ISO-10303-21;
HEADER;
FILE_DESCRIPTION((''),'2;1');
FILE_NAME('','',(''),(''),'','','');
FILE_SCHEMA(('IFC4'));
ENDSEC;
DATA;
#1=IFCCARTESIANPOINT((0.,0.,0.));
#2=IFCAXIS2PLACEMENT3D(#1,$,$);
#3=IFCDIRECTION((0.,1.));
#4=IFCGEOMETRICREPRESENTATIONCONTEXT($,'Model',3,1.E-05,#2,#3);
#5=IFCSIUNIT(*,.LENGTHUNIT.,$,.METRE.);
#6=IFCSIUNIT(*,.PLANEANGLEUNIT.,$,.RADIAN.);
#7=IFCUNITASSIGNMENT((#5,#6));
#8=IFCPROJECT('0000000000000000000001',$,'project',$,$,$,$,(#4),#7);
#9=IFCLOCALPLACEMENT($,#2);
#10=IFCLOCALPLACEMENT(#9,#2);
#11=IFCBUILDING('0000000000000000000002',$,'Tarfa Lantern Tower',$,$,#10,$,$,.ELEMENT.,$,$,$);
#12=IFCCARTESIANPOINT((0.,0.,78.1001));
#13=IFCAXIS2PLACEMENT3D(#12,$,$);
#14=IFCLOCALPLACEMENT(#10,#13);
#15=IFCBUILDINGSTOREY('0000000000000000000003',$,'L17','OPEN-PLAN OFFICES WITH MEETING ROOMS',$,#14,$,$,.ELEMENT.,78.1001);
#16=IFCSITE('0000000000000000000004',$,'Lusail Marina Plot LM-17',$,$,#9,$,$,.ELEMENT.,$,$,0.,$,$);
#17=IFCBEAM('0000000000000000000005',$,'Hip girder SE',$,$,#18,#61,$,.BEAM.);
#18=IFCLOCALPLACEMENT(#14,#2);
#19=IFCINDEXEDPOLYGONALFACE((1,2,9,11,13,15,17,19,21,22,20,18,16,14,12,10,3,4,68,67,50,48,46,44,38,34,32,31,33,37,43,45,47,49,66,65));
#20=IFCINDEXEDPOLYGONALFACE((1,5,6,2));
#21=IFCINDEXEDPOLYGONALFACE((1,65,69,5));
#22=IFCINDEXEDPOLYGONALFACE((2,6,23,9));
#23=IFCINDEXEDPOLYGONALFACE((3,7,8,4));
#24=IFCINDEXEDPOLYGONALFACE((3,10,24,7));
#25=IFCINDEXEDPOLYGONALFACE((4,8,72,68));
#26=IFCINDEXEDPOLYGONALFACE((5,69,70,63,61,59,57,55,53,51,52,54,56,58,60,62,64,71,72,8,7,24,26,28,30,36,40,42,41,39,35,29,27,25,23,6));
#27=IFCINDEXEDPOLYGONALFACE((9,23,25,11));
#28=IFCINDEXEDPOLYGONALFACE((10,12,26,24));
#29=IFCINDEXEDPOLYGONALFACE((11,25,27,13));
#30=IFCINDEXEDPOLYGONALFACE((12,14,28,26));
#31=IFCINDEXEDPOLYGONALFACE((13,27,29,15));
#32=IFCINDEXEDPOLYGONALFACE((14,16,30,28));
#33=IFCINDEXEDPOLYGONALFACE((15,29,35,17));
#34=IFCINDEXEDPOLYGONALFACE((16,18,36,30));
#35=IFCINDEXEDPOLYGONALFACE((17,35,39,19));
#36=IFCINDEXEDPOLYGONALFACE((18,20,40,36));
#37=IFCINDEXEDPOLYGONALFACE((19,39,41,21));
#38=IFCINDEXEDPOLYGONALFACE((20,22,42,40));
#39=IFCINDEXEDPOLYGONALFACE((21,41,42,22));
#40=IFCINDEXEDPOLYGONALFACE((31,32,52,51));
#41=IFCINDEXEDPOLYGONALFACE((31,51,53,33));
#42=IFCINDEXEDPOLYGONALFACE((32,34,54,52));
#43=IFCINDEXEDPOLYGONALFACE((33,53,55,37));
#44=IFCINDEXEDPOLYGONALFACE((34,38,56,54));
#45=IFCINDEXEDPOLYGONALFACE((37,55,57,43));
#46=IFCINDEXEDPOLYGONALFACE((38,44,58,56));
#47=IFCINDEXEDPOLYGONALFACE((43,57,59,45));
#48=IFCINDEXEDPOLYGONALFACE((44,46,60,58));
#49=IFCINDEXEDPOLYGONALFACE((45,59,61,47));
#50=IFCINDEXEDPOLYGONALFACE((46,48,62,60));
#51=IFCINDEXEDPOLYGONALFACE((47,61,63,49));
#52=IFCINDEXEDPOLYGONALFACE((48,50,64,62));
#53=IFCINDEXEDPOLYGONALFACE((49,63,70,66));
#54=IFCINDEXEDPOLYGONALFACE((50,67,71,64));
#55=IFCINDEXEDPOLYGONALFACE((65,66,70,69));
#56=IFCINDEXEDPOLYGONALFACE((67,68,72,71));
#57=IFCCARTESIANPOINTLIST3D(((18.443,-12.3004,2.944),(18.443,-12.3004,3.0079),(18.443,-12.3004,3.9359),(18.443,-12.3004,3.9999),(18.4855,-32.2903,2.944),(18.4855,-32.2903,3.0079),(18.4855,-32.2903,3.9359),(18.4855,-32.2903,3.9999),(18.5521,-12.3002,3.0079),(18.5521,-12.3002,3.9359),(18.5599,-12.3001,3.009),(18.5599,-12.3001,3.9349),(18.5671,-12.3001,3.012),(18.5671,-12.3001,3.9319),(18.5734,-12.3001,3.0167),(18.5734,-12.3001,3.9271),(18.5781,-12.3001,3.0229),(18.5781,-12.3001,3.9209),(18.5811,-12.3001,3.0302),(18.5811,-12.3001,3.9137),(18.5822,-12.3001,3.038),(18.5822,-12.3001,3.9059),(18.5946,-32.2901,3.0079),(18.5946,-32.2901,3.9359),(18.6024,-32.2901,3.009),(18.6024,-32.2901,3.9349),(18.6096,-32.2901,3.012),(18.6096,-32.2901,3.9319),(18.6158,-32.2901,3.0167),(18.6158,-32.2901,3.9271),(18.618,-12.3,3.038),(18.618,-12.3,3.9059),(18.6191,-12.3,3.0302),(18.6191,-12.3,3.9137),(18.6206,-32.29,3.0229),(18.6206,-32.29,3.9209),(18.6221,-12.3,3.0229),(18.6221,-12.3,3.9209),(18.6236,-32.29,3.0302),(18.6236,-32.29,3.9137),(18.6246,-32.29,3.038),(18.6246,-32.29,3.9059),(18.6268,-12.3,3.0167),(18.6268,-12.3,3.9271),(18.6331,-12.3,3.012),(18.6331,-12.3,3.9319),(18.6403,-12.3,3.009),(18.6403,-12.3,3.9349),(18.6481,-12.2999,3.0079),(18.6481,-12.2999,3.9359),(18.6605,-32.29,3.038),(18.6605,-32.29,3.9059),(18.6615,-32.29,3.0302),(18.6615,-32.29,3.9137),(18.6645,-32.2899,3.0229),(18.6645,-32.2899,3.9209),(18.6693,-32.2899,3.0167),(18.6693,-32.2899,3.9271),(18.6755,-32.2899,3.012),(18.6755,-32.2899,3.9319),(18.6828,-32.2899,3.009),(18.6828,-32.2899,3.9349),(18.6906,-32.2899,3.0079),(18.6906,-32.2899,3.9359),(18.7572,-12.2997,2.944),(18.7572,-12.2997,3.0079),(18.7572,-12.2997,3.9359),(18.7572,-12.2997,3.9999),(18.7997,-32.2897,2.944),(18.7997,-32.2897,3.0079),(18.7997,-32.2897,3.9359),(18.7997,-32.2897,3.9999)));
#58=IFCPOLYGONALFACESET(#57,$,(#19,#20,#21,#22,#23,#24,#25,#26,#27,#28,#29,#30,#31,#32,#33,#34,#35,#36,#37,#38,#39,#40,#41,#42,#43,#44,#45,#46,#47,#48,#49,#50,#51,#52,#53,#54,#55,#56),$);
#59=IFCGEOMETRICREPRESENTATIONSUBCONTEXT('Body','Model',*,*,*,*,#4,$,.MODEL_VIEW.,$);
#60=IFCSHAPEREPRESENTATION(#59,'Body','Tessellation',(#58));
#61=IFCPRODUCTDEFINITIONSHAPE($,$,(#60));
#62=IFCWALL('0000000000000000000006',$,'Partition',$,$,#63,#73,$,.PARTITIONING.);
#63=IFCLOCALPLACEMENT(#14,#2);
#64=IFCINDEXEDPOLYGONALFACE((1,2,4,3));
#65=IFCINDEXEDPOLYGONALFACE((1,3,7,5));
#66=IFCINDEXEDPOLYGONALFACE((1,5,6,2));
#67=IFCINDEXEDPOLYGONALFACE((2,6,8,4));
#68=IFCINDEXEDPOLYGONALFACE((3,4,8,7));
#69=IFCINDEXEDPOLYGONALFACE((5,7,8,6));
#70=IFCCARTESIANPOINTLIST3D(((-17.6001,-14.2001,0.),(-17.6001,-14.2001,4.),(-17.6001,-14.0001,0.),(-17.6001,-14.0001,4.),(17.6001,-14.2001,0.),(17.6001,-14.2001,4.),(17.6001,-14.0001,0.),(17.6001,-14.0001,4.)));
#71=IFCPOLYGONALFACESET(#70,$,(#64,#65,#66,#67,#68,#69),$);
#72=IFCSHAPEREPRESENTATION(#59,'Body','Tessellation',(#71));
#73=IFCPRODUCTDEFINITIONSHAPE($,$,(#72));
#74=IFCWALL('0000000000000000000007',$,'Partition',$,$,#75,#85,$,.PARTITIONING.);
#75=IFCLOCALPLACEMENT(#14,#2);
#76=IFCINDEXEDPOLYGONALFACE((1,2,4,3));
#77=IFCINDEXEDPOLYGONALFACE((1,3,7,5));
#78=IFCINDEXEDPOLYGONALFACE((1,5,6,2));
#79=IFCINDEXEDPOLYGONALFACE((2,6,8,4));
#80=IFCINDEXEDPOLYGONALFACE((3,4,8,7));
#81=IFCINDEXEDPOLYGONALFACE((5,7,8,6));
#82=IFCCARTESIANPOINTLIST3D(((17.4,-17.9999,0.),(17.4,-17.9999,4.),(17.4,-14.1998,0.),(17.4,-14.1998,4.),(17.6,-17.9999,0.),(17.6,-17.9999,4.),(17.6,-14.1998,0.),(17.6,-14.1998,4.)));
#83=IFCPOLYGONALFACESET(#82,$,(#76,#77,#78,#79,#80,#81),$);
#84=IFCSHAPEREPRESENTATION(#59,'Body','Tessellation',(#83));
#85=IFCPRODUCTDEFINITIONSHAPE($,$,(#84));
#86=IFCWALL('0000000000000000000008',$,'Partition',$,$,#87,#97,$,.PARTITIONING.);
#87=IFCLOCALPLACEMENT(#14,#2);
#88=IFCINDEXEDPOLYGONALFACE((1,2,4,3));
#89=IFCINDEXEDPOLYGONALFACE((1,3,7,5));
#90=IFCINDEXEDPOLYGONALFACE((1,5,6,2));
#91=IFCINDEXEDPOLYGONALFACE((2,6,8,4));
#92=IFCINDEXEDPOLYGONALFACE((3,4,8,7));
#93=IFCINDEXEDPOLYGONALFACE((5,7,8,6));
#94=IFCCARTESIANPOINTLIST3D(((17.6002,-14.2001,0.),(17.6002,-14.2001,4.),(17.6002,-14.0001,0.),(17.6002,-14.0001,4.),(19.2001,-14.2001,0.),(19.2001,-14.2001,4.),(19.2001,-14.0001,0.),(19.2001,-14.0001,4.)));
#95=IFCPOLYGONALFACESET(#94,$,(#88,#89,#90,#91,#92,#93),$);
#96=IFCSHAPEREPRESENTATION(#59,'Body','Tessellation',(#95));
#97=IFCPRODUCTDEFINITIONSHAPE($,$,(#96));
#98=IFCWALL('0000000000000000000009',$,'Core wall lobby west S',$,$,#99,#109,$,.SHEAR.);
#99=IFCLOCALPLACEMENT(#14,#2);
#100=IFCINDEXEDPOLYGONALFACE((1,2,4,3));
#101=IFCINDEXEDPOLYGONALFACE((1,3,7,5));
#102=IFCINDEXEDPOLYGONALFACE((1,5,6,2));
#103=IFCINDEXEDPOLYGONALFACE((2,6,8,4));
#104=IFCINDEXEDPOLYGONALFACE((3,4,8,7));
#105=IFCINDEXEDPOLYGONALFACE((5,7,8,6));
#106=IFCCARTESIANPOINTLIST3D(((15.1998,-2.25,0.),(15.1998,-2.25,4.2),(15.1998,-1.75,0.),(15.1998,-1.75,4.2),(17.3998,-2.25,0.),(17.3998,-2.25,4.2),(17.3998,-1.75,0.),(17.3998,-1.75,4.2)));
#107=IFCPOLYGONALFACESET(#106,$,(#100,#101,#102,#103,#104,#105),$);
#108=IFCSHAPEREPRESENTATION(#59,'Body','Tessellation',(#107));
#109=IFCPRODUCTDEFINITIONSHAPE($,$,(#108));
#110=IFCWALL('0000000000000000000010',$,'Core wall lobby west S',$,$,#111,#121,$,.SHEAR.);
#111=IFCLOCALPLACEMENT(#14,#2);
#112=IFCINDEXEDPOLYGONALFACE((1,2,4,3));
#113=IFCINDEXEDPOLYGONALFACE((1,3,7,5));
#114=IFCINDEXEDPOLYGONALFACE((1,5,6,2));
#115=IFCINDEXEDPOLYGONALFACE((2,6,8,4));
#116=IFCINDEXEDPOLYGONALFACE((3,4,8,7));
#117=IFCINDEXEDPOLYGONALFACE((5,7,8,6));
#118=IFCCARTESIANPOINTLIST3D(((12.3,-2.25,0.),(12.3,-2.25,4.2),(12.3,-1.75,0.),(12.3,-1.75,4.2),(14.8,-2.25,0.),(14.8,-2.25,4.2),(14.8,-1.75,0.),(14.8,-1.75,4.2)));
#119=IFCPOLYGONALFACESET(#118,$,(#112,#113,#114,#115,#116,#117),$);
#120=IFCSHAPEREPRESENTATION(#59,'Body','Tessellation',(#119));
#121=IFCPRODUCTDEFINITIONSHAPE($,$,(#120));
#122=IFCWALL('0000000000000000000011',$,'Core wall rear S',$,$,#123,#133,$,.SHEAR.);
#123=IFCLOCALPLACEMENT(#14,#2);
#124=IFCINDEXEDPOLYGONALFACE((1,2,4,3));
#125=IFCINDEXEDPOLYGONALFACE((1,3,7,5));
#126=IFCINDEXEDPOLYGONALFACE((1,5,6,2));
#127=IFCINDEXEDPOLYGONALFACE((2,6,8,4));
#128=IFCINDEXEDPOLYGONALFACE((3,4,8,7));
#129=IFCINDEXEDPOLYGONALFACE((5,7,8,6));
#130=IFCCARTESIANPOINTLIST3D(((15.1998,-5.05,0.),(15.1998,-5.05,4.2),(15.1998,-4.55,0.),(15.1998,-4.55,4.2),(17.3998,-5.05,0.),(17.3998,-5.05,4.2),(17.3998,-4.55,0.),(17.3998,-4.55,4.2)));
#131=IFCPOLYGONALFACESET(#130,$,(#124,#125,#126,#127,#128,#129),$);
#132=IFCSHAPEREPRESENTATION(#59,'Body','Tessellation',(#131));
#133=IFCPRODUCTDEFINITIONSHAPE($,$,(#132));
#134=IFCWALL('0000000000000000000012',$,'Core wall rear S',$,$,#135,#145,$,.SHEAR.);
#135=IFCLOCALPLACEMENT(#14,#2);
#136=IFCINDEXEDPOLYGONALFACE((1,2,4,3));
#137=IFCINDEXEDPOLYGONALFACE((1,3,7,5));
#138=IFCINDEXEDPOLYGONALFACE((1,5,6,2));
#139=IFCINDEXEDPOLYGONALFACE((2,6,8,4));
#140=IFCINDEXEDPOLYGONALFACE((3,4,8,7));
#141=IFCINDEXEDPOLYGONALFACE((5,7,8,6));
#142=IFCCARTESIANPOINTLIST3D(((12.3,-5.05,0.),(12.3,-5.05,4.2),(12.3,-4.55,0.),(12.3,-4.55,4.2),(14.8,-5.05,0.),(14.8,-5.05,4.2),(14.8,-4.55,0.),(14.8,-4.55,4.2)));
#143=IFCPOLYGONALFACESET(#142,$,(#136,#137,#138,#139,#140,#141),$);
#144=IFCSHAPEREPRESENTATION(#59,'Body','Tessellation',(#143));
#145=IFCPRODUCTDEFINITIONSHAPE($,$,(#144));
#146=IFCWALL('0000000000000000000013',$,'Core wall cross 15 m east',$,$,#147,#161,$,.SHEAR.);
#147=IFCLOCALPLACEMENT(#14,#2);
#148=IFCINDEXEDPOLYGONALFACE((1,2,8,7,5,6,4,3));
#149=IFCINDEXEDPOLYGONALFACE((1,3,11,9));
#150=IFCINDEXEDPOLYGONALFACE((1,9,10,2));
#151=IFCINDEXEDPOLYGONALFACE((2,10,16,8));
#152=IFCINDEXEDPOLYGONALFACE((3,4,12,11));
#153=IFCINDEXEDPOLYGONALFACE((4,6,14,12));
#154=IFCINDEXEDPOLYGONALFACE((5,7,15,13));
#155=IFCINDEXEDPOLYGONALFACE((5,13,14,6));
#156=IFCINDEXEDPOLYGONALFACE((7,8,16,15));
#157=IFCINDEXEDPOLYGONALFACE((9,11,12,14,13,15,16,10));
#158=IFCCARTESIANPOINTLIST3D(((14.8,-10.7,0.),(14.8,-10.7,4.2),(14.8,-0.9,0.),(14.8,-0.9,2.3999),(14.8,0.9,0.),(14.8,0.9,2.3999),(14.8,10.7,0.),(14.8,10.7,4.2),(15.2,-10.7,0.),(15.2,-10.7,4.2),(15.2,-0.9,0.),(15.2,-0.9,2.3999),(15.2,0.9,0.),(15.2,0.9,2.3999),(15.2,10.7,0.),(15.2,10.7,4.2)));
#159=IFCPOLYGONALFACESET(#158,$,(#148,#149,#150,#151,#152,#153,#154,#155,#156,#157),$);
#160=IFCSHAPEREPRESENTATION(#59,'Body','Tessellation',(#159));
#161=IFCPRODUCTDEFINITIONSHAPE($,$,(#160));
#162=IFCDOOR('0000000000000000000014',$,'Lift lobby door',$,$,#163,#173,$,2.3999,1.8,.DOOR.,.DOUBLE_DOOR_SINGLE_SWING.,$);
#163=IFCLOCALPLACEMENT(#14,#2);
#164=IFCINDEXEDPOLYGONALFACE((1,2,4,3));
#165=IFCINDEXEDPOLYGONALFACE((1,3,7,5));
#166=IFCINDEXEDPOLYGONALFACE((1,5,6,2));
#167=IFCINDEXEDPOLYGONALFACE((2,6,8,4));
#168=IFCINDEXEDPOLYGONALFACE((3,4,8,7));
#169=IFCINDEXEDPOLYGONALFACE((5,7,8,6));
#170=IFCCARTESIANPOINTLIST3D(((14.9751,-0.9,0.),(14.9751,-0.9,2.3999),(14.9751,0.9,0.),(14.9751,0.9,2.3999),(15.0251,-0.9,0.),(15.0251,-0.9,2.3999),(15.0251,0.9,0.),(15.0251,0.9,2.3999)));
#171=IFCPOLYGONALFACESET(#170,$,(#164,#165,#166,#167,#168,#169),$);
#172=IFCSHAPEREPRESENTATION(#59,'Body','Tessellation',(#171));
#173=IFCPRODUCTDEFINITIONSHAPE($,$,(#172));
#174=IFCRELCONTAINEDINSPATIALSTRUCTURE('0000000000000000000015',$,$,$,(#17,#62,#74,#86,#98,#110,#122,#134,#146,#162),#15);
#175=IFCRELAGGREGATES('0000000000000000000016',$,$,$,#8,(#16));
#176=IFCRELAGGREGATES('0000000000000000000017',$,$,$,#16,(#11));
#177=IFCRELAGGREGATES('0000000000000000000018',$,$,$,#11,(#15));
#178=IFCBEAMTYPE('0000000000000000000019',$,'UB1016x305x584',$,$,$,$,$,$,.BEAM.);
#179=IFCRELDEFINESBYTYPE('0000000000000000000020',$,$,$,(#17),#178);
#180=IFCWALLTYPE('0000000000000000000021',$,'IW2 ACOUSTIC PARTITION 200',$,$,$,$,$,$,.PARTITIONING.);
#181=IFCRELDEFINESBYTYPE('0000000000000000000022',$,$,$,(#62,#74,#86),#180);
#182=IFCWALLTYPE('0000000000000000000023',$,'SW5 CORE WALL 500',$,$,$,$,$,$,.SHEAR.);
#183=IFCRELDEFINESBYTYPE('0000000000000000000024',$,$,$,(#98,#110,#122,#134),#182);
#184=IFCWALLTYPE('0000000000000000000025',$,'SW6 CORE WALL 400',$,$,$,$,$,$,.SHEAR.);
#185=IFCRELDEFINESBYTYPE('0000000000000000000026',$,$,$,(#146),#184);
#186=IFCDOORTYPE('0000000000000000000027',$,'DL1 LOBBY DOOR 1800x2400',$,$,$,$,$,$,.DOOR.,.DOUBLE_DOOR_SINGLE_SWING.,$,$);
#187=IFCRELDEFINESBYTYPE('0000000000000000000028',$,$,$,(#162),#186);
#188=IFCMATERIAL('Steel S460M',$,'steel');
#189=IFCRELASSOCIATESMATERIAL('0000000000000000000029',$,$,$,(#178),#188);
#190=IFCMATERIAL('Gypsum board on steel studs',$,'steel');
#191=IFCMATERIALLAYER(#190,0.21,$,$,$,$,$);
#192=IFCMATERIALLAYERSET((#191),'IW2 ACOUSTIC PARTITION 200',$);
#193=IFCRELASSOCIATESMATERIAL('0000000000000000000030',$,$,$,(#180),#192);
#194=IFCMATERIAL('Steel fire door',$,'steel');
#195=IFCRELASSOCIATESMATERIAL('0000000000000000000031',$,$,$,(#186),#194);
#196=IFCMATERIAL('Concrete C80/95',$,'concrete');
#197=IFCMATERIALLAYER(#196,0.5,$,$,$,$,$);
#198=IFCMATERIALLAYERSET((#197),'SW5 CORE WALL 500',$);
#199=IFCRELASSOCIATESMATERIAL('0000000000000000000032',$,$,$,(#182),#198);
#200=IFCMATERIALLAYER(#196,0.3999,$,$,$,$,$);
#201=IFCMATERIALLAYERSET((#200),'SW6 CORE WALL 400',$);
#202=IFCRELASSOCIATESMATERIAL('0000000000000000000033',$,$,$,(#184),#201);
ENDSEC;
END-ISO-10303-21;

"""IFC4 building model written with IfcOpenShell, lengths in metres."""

from ifc_helpers import new_model, si_unit, direction, frame, frame_2d, origin, origin_2d, place, context, subcontext, project, spatial, rectangle, i_section, extrude, material, layer, layer_set, material_profile, profile_set, type_object, element, fill, save


model = new_model("IFC4")

# Units and contexts
model_context = context("Model", 3, precision=1e-05, world=origin(), true_north=direction((0.0, 1.0)))
body_context = subcontext(model_context, "Body", "Model", "MODEL_VIEW")
ifc_project = project(units=[si_unit("LENGTHUNIT", "METRE"), si_unit("PLANEANGLEUNIT", "RADIAN")], contexts=[model_context])

# Site, building, storey
site_placement = place(None, origin())
site = spatial("IfcSite", under=ifc_project, at=site_placement, Name="Lusail Marina Plot LM-17", CompositionType="ELEMENT", RefElevation=0.0)
building_placement = place(site_placement, origin())
building = spatial("IfcBuilding", under=site, at=building_placement, Name="Tarfa Lantern Tower", CompositionType="ELEMENT")
storey_placement = place(building_placement, frame((0.0, 0.0, 78.1001)))
storey = spatial("IfcBuildingStorey", under=building, at=storey_placement, Name="L17", Description="OPEN-PLAN OFFICES WITH MEETING ROOMS", CompositionType="ELEMENT", Elevation=78.1001)

# Beam
ifc_material_1 = material(Name="Steel S460M", Category="steel")
ifc_material_profile = material_profile(ifc_material_1, i_section(OverallWidth=0.3142, OverallDepth=1.0559, WebThickness=0.0359, FlangeThickness=0.064, FilletRadius=0.03, at=origin_2d()), Name="UB1016x305x584")
ifc_profile_set = profile_set([ifc_material_profile], Name="Steel S460M")
beam_type = type_object("IfcBeamType", Name="UB1016x305x584", PredefinedType="BEAM", material=ifc_profile_set)
beam_placement = place(storey_placement, frame((18.6001, -12.3, 3.4719), z_axis=(0.002125, -0.999998, 0.0), x_axis=(0.999998, 0.002125, 0.0)))
element("IfcBeam", 1, at=beam_placement, inside=storey, type_object=beam_type, Name="Hip girder SE", PredefinedType="BEAM", context=body_context, shape_type="SweptSolid", body=[
    extrude(i_section(OverallWidth=0.3142, OverallDepth=1.0559, WebThickness=0.0359, FlangeThickness=0.064, FilletRadius=0.03, at=origin_2d()), origin(), (0.0, 0.0, 1.0), 19.99),
])

# Walls
ifc_material_2 = material(Name="Gypsum board on steel studs", Category="steel")
ifc_layer_1 = layer(ifc_material_2, 0.21)
ifc_layer_set_1 = layer_set([ifc_layer_1], Name="IW2 ACOUSTIC PARTITION 200")
wall_type_1 = type_object("IfcWallType", Name="IW2 ACOUSTIC PARTITION 200", PredefinedType="PARTITIONING", material=ifc_layer_set_1)
wall_1_placement = place(storey_placement, frame((17.6001, -14.1001, 0.0), z_axis=(0.0, 0.0, 1.0), x_axis=(-1.0, 0.0, 0.0)))
element("IfcWall", 2, at=wall_1_placement, inside=storey, type_object=wall_type_1, Name="Partition", PredefinedType="PARTITIONING", context=body_context, shape_type="SweptSolid", body=[
    extrude(rectangle(XDim=35.2002, YDim=0.2, at=frame_2d((17.6001, 0.0))), origin(), (0.0, 0.0, 1.0), 4.0),
])
wall_2_placement = place(storey_placement, frame((17.5, -14.2, 0.0), z_axis=(0.0, 0.0, 1.0), x_axis=(0.0, -1.0, 0.0)))
element("IfcWall", 3, at=wall_2_placement, inside=storey, type_object=wall_type_1, Name="Partition", PredefinedType="PARTITIONING", context=body_context, shape_type="SweptSolid", body=[
    extrude(rectangle(XDim=3.8, YDim=0.2, at=frame_2d((1.8999, 0.0))), origin(), (0.0, 0.0, 1.0), 4.0),
])
wall_3_placement = place(storey_placement, frame((19.2, -14.1001, 0.0), z_axis=(0.0, 0.0, 1.0), x_axis=(-1.0, 0.0, 0.0)))
element("IfcWall", 4, at=wall_3_placement, inside=storey, type_object=wall_type_1, Name="Partition", PredefinedType="PARTITIONING", context=body_context, shape_type="SweptSolid", body=[
    extrude(rectangle(XDim=1.5999, YDim=0.2, at=frame_2d((0.7998, 0.0))), origin(), (0.0, 0.0, 1.0), 4.0),
])

# Shared definitions
ifc_material_3 = material(Name="Concrete C80/95", Category="concrete")
ifc_material_4 = material(Name="Steel fire door", Category="steel")
door_type_1 = type_object("IfcDoorType", Name="DL1 LOBBY DOOR 1800x2400", OperationType="DOUBLE_DOOR_SINGLE_SWING", PredefinedType="DOOR", material=ifc_material_4)

# Walls
ifc_layer_2 = layer(ifc_material_3, 0.5)
ifc_layer_set_2 = layer_set([ifc_layer_2], Name="SW5 CORE WALL 500")
wall_type_2 = type_object("IfcWallType", Name="SW5 CORE WALL 500", PredefinedType="SHEAR", material=ifc_layer_set_2)
wall_4_placement = place(storey_placement, frame((17.3999, -2.0, 0.0), z_axis=(0.0, 0.0, 1.0), x_axis=(-1.0, 0.0, 0.0)))
element("IfcWall", 5, at=wall_4_placement, inside=storey, type_object=wall_type_2, Name="Core wall lobby west S", PredefinedType="SHEAR", context=body_context, shape_type="SweptSolid", body=[
    extrude(rectangle(XDim=2.2, YDim=0.5, at=frame_2d((1.1001, 0.0))), origin(), (0.0, 0.0, 1.0), 4.2),
])
wall_5_placement = place(storey_placement, frame((14.8, -2.0, 0.0), z_axis=(0.0, 0.0, 1.0), x_axis=(-1.0, 0.0, 0.0)))
element("IfcWall", 6, at=wall_5_placement, inside=storey, type_object=wall_type_2, Name="Core wall lobby west S", PredefinedType="SHEAR", context=body_context, shape_type="SweptSolid", body=[
    extrude(rectangle(XDim=2.5, YDim=0.5, at=frame_2d((1.25, 0.0))), origin(), (0.0, 0.0, 1.0), 4.2),
])
wall_6_placement = place(storey_placement, frame((17.3999, -4.8, 0.0), z_axis=(0.0, 0.0, 1.0), x_axis=(-1.0, 0.0, 0.0)))
element("IfcWall", 7, at=wall_6_placement, inside=storey, type_object=wall_type_2, Name="Core wall rear S", PredefinedType="SHEAR", context=body_context, shape_type="SweptSolid", body=[
    extrude(rectangle(XDim=2.2, YDim=0.5, at=frame_2d((1.1001, 0.0))), origin(), (0.0, 0.0, 1.0), 4.2),
])
wall_7_placement = place(storey_placement, frame((14.8, -4.8, 0.0), z_axis=(0.0, 0.0, 1.0), x_axis=(-1.0, 0.0, 0.0)))
element("IfcWall", 8, at=wall_7_placement, inside=storey, type_object=wall_type_2, Name="Core wall rear S", PredefinedType="SHEAR", context=body_context, shape_type="SweptSolid", body=[
    extrude(rectangle(XDim=2.5, YDim=0.5, at=frame_2d((1.25, 0.0))), origin(), (0.0, 0.0, 1.0), 4.2),
])

# Wall, opening, door
ifc_layer_3 = layer(ifc_material_3, 0.3999)
ifc_layer_set_3 = layer_set([ifc_layer_3], Name="SW6 CORE WALL 400")
wall_type_3 = type_object("IfcWallType", Name="SW6 CORE WALL 400", PredefinedType="SHEAR", material=ifc_layer_set_3)
wall_8_placement = place(storey_placement, frame((15.0, -10.7, 0.0), z_axis=(0.0, 0.0, 1.0), x_axis=(0.0, 1.0, 0.0)))
wall_8 = element("IfcWall", 9, at=wall_8_placement, inside=storey, type_object=wall_type_3, Name="Core wall cross 15 m east", PredefinedType="SHEAR", context=body_context, shape_type="SweptSolid", body=[
    extrude(rectangle(XDim=21.3999, YDim=0.3999, at=frame_2d((10.7, 0.0))), origin(), (0.0, 0.0, 1.0), 4.2),
])
opening_1_placement = place(wall_8_placement, frame((9.8, 0.0, 0.0)))
opening_1 = element("IfcOpeningElement", 10, at=opening_1_placement, cuts=wall_8, PredefinedType="OPENING", context=body_context, shape_type="SweptSolid", body=[
    extrude(rectangle(XDim=1.8, YDim=2.3999, at=frame_2d((0.8999, 1.2))), frame((0.0, 0.21, 0.0), z_axis=(0.0, -1.0, 0.0), x_axis=(1.0, 0.0, 0.0)), (0.0, 0.0, 1.0), 0.4199),
])
door_1_placement = place(opening_1_placement, origin())
door_1 = element("IfcDoor", 11, at=door_1_placement, inside=storey, type_object=door_type_1, Name="Lift lobby door", OperationType="DOUBLE_DOOR_SINGLE_SWING", OverallHeight=2.3999, OverallWidth=1.8, PredefinedType="DOOR", context=body_context, shape_type="SweptSolid", body=[
    extrude(rectangle(XDim=1.8, YDim=2.3999, at=frame_2d((0.8999, 1.2))), frame((0.0, 0.0249, 0.0), z_axis=(0.0, -1.0, 0.0), x_axis=(1.0, 0.0, 0.0)), (0.0, 0.0, 1.0), 0.05),
])
fill(opening_1, door_1)

save(model, "model.ifc")
